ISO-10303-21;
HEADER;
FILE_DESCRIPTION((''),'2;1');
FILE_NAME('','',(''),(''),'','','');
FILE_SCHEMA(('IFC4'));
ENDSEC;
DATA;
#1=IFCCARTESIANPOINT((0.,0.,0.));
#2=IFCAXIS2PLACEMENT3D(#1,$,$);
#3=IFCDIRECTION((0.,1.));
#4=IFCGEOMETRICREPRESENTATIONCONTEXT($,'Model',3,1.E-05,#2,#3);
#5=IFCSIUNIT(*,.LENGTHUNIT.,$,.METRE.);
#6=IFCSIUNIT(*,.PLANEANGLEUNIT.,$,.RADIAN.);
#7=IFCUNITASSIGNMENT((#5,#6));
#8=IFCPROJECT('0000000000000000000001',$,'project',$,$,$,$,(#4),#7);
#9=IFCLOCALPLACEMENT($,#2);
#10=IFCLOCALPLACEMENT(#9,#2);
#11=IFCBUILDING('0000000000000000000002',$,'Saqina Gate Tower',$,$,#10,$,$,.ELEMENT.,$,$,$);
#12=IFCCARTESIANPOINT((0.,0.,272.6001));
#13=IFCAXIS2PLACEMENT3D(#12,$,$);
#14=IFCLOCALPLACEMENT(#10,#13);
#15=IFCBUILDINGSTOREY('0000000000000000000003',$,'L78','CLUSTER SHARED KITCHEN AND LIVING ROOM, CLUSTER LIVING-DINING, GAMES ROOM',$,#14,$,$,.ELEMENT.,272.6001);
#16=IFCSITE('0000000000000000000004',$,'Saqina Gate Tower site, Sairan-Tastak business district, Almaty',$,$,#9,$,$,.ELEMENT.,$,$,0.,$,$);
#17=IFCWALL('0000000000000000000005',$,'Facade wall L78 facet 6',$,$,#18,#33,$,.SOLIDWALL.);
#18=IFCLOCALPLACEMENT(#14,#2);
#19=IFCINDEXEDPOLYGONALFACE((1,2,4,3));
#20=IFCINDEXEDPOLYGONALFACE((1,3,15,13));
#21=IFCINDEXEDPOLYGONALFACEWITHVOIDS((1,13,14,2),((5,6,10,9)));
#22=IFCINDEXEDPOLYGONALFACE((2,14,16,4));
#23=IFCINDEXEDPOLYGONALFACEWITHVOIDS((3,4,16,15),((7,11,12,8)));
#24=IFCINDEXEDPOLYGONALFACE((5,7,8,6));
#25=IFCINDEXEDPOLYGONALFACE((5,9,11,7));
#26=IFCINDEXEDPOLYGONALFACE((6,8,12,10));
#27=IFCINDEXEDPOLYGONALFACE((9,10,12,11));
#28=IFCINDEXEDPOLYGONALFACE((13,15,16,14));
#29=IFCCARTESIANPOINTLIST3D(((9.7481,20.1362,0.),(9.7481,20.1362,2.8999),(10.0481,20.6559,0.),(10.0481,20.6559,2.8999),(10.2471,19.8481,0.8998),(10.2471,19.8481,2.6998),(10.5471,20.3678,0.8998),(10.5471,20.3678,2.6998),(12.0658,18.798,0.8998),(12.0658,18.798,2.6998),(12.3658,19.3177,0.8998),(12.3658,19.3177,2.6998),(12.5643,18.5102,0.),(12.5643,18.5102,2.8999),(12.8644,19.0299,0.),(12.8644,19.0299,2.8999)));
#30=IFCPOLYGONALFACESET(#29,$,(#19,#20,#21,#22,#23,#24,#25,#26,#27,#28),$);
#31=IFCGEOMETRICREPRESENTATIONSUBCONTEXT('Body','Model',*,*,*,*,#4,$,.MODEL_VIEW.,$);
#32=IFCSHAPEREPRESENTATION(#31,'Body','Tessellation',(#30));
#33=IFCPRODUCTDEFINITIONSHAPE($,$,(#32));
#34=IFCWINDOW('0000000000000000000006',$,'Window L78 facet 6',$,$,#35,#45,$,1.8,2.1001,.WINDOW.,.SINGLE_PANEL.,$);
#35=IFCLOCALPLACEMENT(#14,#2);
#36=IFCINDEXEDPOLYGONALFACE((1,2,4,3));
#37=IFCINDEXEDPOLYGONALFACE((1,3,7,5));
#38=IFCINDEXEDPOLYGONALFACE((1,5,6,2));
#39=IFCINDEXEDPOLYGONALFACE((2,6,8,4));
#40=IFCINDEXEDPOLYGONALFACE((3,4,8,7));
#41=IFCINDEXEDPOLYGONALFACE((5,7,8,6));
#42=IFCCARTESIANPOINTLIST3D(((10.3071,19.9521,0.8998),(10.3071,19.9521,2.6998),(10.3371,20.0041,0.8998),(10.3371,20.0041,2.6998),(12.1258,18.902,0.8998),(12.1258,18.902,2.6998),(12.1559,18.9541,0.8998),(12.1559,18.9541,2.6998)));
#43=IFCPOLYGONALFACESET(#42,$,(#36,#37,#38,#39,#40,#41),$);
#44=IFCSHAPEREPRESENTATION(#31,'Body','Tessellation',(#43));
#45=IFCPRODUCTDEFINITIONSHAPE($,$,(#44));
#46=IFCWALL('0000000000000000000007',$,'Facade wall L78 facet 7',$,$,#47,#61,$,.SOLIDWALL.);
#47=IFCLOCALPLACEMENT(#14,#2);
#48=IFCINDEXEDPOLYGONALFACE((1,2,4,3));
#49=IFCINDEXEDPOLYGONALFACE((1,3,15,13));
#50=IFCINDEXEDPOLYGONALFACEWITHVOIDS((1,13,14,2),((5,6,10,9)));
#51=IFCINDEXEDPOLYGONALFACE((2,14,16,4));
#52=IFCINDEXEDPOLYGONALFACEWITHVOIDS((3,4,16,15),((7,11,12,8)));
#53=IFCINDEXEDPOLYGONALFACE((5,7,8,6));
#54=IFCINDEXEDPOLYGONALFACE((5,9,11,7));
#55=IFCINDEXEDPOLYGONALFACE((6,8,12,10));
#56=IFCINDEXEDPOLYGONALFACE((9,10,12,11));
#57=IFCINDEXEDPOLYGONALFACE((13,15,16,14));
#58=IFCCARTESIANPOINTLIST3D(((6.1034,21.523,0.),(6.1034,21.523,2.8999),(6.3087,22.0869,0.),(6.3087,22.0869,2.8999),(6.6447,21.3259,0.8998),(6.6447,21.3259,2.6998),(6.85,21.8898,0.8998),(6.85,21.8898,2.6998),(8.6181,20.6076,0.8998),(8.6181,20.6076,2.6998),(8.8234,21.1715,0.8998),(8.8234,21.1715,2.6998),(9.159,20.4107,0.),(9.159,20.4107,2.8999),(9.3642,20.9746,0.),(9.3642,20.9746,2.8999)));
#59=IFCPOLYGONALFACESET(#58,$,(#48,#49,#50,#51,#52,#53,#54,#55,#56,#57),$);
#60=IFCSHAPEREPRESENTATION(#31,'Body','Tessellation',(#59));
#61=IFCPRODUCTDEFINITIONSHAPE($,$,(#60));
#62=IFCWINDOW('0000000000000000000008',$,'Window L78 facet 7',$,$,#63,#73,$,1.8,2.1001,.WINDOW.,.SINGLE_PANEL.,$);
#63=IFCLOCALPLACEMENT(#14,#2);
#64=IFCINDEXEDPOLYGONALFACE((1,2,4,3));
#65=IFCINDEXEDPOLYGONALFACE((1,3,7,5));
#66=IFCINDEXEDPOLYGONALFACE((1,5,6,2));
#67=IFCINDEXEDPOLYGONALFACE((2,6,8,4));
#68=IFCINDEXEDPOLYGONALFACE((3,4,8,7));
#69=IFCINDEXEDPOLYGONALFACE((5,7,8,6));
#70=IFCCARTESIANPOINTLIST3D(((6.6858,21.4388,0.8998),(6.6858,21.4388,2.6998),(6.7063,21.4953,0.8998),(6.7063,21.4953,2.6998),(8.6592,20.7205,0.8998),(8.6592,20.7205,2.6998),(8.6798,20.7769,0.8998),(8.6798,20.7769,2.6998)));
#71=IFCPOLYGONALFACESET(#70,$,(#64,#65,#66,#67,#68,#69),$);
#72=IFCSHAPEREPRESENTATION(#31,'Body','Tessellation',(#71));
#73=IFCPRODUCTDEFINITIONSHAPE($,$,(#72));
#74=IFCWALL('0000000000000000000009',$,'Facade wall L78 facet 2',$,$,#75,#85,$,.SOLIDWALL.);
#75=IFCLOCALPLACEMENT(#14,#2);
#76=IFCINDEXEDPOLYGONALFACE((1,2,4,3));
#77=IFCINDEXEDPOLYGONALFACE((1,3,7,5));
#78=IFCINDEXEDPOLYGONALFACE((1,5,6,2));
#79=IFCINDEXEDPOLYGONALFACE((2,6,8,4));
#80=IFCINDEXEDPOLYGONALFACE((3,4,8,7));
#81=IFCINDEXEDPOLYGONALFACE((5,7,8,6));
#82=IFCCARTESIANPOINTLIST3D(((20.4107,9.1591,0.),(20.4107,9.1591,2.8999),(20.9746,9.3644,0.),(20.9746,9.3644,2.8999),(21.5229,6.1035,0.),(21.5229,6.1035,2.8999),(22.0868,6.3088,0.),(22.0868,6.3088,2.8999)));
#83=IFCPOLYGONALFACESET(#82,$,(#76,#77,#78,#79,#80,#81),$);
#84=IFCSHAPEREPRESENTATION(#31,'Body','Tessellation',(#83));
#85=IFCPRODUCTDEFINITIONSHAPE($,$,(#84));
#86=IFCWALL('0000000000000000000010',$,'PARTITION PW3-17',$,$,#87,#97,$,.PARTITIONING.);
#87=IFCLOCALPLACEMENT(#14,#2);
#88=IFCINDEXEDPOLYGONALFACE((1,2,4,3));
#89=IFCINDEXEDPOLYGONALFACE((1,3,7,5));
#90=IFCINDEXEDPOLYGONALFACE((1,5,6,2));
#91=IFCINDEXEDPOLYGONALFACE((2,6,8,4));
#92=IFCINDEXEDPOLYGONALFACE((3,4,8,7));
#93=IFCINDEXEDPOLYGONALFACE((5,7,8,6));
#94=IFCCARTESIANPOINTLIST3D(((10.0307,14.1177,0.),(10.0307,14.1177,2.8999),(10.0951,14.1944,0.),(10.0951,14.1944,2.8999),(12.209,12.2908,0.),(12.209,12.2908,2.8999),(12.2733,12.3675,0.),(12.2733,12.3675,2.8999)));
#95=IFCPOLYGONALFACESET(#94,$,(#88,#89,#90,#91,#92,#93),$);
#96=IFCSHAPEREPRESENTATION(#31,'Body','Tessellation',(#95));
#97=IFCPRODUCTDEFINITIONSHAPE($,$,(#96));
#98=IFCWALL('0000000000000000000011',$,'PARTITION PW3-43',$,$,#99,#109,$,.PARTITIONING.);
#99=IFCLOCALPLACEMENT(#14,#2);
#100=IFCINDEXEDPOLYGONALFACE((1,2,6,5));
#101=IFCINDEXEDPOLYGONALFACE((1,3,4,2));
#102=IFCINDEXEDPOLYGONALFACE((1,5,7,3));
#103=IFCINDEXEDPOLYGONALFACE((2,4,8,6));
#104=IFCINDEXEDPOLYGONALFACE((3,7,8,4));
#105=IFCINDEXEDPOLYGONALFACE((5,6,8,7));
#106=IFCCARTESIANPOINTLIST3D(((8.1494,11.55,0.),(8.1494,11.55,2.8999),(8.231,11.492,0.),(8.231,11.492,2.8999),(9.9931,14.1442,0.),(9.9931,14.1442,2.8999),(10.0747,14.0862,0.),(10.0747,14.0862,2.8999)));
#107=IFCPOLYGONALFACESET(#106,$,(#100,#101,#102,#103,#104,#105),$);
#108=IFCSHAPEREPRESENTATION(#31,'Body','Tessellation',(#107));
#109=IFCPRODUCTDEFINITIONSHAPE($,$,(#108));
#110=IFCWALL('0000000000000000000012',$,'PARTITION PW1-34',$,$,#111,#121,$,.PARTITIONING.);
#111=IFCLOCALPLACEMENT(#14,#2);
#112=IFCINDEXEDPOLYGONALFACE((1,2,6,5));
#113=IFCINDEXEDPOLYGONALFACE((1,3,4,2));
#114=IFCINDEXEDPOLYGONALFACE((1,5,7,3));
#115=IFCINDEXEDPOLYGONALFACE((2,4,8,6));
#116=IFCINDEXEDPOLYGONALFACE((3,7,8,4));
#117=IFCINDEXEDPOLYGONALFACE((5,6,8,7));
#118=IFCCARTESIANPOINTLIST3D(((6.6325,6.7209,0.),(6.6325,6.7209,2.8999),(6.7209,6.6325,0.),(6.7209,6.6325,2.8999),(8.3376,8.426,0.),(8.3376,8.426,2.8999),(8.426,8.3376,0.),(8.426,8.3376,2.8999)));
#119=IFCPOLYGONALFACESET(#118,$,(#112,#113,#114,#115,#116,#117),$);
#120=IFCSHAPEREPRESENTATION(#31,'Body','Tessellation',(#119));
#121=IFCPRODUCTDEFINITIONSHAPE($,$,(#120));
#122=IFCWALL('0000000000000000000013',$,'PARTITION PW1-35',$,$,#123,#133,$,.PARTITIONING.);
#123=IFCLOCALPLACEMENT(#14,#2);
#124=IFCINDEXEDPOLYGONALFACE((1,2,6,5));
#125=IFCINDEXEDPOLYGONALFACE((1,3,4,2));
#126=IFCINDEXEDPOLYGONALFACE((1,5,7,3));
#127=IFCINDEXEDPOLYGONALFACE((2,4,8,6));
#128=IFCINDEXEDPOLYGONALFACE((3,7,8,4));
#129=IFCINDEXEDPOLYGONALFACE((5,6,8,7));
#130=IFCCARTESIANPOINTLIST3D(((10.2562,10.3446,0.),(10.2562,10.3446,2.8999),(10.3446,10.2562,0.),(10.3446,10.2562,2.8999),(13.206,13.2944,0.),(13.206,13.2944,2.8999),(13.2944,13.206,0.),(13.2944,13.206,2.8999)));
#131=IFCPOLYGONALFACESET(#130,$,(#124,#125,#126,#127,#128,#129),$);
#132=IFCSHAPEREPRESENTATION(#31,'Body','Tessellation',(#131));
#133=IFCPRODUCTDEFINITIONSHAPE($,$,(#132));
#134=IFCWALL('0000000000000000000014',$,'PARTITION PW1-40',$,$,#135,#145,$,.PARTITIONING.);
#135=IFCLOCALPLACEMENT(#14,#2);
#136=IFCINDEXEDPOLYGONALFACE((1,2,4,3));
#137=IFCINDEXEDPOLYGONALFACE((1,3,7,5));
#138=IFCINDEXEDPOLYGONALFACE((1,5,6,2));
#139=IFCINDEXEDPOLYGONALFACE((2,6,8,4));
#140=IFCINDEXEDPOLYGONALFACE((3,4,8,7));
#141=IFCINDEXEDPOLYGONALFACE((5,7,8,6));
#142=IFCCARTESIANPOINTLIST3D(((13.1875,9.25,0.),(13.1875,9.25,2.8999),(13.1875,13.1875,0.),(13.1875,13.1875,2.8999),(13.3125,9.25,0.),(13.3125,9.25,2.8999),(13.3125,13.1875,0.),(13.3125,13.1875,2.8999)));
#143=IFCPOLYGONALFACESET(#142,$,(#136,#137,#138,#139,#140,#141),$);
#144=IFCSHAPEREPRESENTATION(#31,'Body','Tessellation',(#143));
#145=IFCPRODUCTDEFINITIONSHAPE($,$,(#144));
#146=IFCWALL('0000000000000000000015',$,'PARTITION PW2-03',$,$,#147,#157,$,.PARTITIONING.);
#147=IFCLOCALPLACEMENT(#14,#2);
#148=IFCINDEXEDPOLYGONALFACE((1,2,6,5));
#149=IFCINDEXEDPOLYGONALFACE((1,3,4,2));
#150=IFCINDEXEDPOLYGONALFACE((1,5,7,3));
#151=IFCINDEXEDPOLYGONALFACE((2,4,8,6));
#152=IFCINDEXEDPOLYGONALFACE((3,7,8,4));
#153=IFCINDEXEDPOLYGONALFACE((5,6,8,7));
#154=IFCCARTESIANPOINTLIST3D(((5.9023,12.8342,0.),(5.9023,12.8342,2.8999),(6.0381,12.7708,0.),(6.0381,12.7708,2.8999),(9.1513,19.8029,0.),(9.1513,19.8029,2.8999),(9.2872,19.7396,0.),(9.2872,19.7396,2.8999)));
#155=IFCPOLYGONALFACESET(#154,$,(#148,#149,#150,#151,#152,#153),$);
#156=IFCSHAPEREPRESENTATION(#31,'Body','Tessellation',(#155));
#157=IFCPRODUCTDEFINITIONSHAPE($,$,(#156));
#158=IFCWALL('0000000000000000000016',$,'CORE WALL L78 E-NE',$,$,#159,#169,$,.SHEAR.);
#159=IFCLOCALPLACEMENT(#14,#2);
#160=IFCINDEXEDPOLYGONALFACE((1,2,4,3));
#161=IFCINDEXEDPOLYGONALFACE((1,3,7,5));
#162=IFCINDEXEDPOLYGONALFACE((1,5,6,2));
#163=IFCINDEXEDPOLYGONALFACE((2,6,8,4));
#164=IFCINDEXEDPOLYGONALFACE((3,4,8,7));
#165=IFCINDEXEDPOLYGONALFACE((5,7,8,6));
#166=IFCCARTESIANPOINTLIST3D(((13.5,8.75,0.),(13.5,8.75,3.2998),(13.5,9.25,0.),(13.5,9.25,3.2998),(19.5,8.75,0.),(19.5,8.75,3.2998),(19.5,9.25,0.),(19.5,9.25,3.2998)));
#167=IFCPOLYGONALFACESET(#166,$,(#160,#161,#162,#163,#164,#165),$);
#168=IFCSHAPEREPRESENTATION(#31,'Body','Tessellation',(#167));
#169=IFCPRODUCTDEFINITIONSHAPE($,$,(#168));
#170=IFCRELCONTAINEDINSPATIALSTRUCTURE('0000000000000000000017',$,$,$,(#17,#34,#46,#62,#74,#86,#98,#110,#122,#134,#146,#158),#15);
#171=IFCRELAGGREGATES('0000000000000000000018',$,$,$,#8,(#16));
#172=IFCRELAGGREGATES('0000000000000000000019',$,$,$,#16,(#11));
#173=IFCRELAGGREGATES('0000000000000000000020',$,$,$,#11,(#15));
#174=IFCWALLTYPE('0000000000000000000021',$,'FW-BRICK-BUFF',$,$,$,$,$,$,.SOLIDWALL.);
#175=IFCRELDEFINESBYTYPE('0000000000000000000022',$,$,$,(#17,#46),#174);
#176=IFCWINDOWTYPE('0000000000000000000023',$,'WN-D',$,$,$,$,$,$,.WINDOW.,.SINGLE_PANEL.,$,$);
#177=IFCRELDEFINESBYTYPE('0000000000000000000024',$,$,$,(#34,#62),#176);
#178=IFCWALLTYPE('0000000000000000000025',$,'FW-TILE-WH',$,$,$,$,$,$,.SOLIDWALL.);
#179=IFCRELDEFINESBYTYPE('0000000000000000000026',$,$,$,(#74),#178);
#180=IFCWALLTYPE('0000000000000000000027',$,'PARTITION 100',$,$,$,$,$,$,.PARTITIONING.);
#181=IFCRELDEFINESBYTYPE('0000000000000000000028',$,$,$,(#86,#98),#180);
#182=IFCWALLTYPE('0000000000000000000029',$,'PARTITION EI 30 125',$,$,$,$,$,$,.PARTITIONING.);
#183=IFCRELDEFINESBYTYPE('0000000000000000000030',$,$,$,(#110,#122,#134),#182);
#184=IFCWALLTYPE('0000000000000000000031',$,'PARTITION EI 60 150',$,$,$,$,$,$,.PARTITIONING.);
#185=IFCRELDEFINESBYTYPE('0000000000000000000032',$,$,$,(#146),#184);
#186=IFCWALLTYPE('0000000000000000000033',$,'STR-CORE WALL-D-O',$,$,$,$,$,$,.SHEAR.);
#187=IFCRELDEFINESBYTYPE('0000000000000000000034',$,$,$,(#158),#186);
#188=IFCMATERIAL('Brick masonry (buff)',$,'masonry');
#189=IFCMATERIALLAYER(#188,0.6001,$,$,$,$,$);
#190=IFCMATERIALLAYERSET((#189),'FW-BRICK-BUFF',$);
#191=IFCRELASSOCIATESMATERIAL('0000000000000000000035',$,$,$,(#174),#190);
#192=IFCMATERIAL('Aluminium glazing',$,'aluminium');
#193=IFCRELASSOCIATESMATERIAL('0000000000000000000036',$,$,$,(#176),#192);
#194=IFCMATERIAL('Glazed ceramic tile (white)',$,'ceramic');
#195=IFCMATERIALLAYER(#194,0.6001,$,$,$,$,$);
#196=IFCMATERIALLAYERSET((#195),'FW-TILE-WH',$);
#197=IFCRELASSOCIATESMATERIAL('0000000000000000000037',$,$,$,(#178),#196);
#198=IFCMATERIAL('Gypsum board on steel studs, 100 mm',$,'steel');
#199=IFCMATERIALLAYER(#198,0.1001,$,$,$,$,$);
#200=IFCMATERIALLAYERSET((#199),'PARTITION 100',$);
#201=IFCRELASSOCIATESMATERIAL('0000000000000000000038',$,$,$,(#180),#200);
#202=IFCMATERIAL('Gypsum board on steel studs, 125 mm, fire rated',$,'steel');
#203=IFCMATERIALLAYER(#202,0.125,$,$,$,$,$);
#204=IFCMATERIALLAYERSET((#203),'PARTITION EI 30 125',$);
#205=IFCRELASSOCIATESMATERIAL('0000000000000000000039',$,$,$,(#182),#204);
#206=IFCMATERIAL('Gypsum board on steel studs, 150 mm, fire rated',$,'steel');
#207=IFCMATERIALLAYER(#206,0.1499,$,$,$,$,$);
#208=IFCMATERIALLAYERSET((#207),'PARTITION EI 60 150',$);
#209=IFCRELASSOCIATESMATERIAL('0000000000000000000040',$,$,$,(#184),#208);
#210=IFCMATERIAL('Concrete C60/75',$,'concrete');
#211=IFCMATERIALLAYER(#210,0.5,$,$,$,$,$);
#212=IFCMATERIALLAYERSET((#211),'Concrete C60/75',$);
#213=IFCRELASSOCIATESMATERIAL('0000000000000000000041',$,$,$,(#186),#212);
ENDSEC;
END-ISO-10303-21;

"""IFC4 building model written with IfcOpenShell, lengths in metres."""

from ifc_helpers import new_model, si_unit, direction, frame, frame_2d, origin, place, context, subcontext, project, spatial, rectangle, extrude, material, layer, layer_set, type_object, element, fill, save


model = new_model("IFC4")

# Units and contexts
model_context = context("Model", 3, precision=1e-05, world=origin(), true_north=direction((0.0, 1.0)))
body_context = subcontext(model_context, "Body", "Model", "MODEL_VIEW")
ifc_project = project(units=[si_unit("LENGTHUNIT", "METRE"), si_unit("PLANEANGLEUNIT", "RADIAN")], contexts=[model_context])

# Site, building, storey
site_placement = place(None, origin())
site = spatial("IfcSite", under=ifc_project, at=site_placement, Name="Saqina Gate Tower site, Sairan-Tastak business district, Almaty", CompositionType="ELEMENT", RefElevation=0.0)
building_placement = place(site_placement, origin())
building = spatial("IfcBuilding", under=site, at=building_placement, Name="Saqina Gate Tower", CompositionType="ELEMENT")
storey_placement = place(building_placement, frame((0.0, 0.0, 272.6001)))
storey = spatial("IfcBuildingStorey", under=building, at=storey_placement, Name="L78", Description="CLUSTER SHARED KITCHEN AND LIVING ROOM, CLUSTER LIVING-DINING, GAMES ROOM", CompositionType="ELEMENT", Elevation=272.6001)

# Walls, openings, windows
ifc_material_1 = material(Name="Brick masonry (buff)", Category="masonry")
ifc_layer_1 = layer(ifc_material_1, 0.6001)
ifc_layer_set_1 = layer_set([ifc_layer_1], Name="FW-BRICK-BUFF")
wall_type_1 = type_object("IfcWallType", Name="FW-BRICK-BUFF", PredefinedType="SOLIDWALL", material=ifc_layer_set_1)
ifc_material_2 = material(Name="Aluminium glazing", Category="aluminium")
window_type = type_object("IfcWindowType", Name="WN-D", PartitioningType="SINGLE_PANEL", PredefinedType="WINDOW", material=ifc_material_2)
wall_1_placement = place(storey_placement, frame((12.7144, 18.77, 0.0), z_axis=(0.0, 0.0, 1.0), x_axis=(-0.866017, 0.500015, 0.0)))
wall_1 = element("IfcWall", 1, at=wall_1_placement, inside=storey, type_object=wall_type_1, Name="Facade wall L78 facet 6", PredefinedType="SOLIDWALL", context=body_context, shape_type="SweptSolid", body=[
    extrude(rectangle(XDim=3.252, YDim=0.6001, at=frame_2d((1.626, 0.0))), origin(), (0.0, 0.0, 1.0), 2.8999),
])
opening_1_placement = place(wall_1_placement, frame((0.5757, 0.0, 0.8999)))
opening_1 = element("IfcOpeningElement", 2, at=opening_1_placement, cuts=wall_1, PredefinedType="OPENING", context=body_context, shape_type="SweptSolid", body=[
    extrude(rectangle(XDim=2.1001, YDim=1.8, at=frame_2d((1.05, 0.8999))), frame((0.0, 0.312, 0.0), z_axis=(0.0, -1.0, 0.0), x_axis=(1.0, 0.0, 0.0)), (0.0, 0.0, 1.0), 0.624),
])
window_1_placement = place(opening_1_placement, origin())
window_1 = element("IfcWindow", 3, at=window_1_placement, inside=storey, type_object=window_type, Name="Window L78 facet 6", OverallHeight=1.8, OverallWidth=2.1001, PartitioningType="SINGLE_PANEL", PredefinedType="WINDOW", context=body_context, shape_type="SweptSolid", body=[
    extrude(rectangle(XDim=2.1001, YDim=1.8, at=frame_2d((1.05, 0.8999))), frame((0.0, 0.1799, 0.0), z_axis=(0.0, -1.0, 0.0), x_axis=(1.0, 0.0, 0.0)), (0.0, 0.0, 1.0), 0.0601),
])
fill(opening_1, window_1)
wall_2_placement = place(storey_placement, frame((9.2617, 20.6926, 0.0), z_axis=(0.0, 0.0, 1.0), x_axis=(-0.939679, 0.342057, 0.0)))
wall_2 = element("IfcWall", 4, at=wall_2_placement, inside=storey, type_object=wall_type_1, Name="Facade wall L78 facet 7", PredefinedType="SOLIDWALL", context=body_context, shape_type="SweptSolid", body=[
    extrude(rectangle(XDim=3.2517, YDim=0.6001, at=frame_2d((1.626, 0.0))), origin(), (0.0, 0.0, 1.0), 2.8999),
])
opening_2_placement = place(wall_2_placement, frame((0.5757, 0.0, 0.8999)))
opening_2 = element("IfcOpeningElement", 5, at=opening_2_placement, cuts=wall_2, PredefinedType="OPENING", context=body_context, shape_type="SweptSolid", body=[
    extrude(rectangle(XDim=2.1001, YDim=1.8, at=frame_2d((1.05, 0.8999))), frame((0.0, 0.312, 0.0), z_axis=(0.0, -1.0, 0.0), x_axis=(1.0, 0.0, 0.0)), (0.0, 0.0, 1.0), 0.624),
])
window_2_placement = place(opening_2_placement, origin())
window_2 = element("IfcWindow", 6, at=window_2_placement, inside=storey, type_object=window_type, Name="Window L78 facet 7", OverallHeight=1.8, OverallWidth=2.1001, PartitioningType="SINGLE_PANEL", PredefinedType="WINDOW", context=body_context, shape_type="SweptSolid", body=[
    extrude(rectangle(XDim=2.1001, YDim=1.8, at=frame_2d((1.05, 0.8999))), frame((0.0, 0.1799, 0.0), z_axis=(0.0, -1.0, 0.0), x_axis=(1.0, 0.0, 0.0)), (0.0, 0.0, 1.0), 0.0601),
])
fill(opening_2, window_2)

# Walls
ifc_material_3 = material(Name="Glazed ceramic tile (white)", Category="ceramic")
ifc_layer_2 = layer(ifc_material_3, 0.6001)
ifc_layer_set_2 = layer_set([ifc_layer_2], Name="FW-TILE-WH")
wall_type_2 = type_object("IfcWallType", Name="FW-TILE-WH", PredefinedType="SOLIDWALL", material=ifc_layer_set_2)
wall_3_placement = place(storey_placement, frame((21.8049, 6.2061, 0.0), z_axis=(0.0, 0.0, 1.0), x_axis=(-0.342057, 0.939679, 0.0)))
element("IfcWall", 7, at=wall_3_placement, inside=storey, type_object=wall_type_2, Name="Facade wall L78 facet 2", PredefinedType="SOLIDWALL", context=body_context, shape_type="SweptSolid", body=[
    extrude(rectangle(XDim=3.2517, YDim=0.6001, at=frame_2d((1.626, 0.0))), origin(), (0.0, 0.0, 1.0), 2.8999),
])
ifc_material_4 = material(Name="Gypsum board on steel studs, 100 mm", Category="steel")
ifc_layer_3 = layer(ifc_material_4, 0.1001)
ifc_layer_set_3 = layer_set([ifc_layer_3], Name="PARTITION 100")
wall_type_3 = type_object("IfcWallType", Name="PARTITION 100", PredefinedType="PARTITIONING", material=ifc_layer_set_3)
wall_4_placement = place(storey_placement, frame((10.063, 14.156, 0.0), z_axis=(0.0, 0.0, 1.0), x_axis=(0.76619, -0.642614, 0.0)))
element("IfcWall", 8, at=wall_4_placement, inside=storey, type_object=wall_type_3, Name="PARTITION PW3-17", PredefinedType="PARTITIONING", context=body_context, shape_type="SweptSolid", body=[
    extrude(rectangle(XDim=2.843, YDim=0.1001, at=frame_2d((1.4214, 0.0))), origin(), (0.0, 0.0, 1.0), 2.8999),
])
wall_5_placement = place(storey_placement, frame((8.1902, 11.521, 0.0), z_axis=(0.0, 0.0, 1.0), x_axis=(0.579306, 0.81511, 0.0)))
element("IfcWall", 9, at=wall_5_placement, inside=storey, type_object=wall_type_3, Name="PARTITION PW3-43", PredefinedType="PARTITIONING", context=body_context, shape_type="SweptSolid", body=[
    extrude(rectangle(XDim=3.1826, YDim=0.1001, at=frame_2d((1.5913, 0.0))), origin(), (0.0, 0.0, 1.0), 2.8999),
])
ifc_material_5 = material(Name="Gypsum board on steel studs, 125 mm, fire rated", Category="steel")
ifc_layer_4 = layer(ifc_material_5, 0.125)
ifc_layer_set_4 = layer_set([ifc_layer_4], Name="PARTITION EI 30 125")
wall_type_4 = type_object("IfcWallType", Name="PARTITION EI 30 125", PredefinedType="PARTITIONING", material=ifc_layer_set_4)
wall_6_placement = place(storey_placement, frame((6.6768, 6.6768, 0.0), z_axis=(0.0, 0.0, 1.0), x_axis=(0.707107, 0.707107, 0.0)))
element("IfcWall", 10, at=wall_6_placement, inside=storey, type_object=wall_type_4, Name="PARTITION PW1-34", PredefinedType="PARTITIONING", context=body_context, shape_type="SweptSolid", body=[
    extrude(rectangle(XDim=2.4114, YDim=0.125, at=frame_2d((1.2056, 0.0))), origin(), (0.0, 0.0, 1.0), 2.8999),
])
wall_7_placement = place(storey_placement, frame((10.3003, 10.3003, 0.0), z_axis=(0.0, 0.0, 1.0), x_axis=(0.707107, 0.707107, 0.0)))
element("IfcWall", 11, at=wall_7_placement, inside=storey, type_object=wall_type_4, Name="PARTITION PW1-35", PredefinedType="PARTITIONING", context=body_context, shape_type="SweptSolid", body=[
    extrude(rectangle(XDim=4.1716, YDim=0.125, at=frame_2d((2.0859, 0.0))), origin(), (0.0, 0.0, 1.0), 2.8999),
])
wall_8_placement = place(storey_placement, frame((13.25, 9.25, 0.0), z_axis=(0.0, 0.0, 1.0), x_axis=(0.0, 1.0, 0.0)))
element("IfcWall", 12, at=wall_8_placement, inside=storey, type_object=wall_type_4, Name="PARTITION PW1-40", PredefinedType="PARTITIONING", context=body_context, shape_type="SweptSolid", body=[
    extrude(rectangle(XDim=3.9375, YDim=0.125, at=frame_2d((1.9688, 0.0))), origin(), (0.0, 0.0, 1.0), 2.8999),
])
ifc_material_6 = material(Name="Gypsum board on steel studs, 150 mm, fire rated", Category="steel")
ifc_layer_5 = layer(ifc_material_6, 0.1499)
ifc_layer_set_5 = layer_set([ifc_layer_5], Name="PARTITION EI 60 150")
wall_type_5 = type_object("IfcWallType", Name="PARTITION EI 60 150", PredefinedType="PARTITIONING", material=ifc_layer_set_5)
wall_9_placement = place(storey_placement, frame((5.9702, 12.8025, 0.0), z_axis=(0.0, 0.0, 1.0), x_axis=(0.422559, 0.906336, 0.0)))
element("IfcWall", 13, at=wall_9_placement, inside=storey, type_object=wall_type_5, Name="PARTITION PW2-03", PredefinedType="PARTITIONING", context=body_context, shape_type="SweptSolid", body=[
    extrude(rectangle(XDim=7.689, YDim=0.1499, at=frame_2d((3.8445, 0.0))), origin(), (0.0, 0.0, 1.0), 2.8999),
])
ifc_material_7 = material(Name="Concrete C60/75", Category="concrete")
ifc_layer_6 = layer(ifc_material_7, 0.5)
ifc_layer_set_6 = layer_set([ifc_layer_6], Name="Concrete C60/75")
wall_type_6 = type_object("IfcWallType", Name="STR-CORE WALL-D-O", PredefinedType="SHEAR", material=ifc_layer_set_6)
wall_10_placement = place(storey_placement, frame((13.5, 9.0, 0.0), z_axis=(0.0, 0.0, 1.0), x_axis=(1.0, 0.0, 0.0)))
element("IfcWall", 14, at=wall_10_placement, inside=storey, type_object=wall_type_6, Name="CORE WALL L78 E-NE", PredefinedType="SHEAR", context=body_context, shape_type="SweptSolid", body=[
    extrude(rectangle(XDim=6.0, YDim=0.5, at=frame_2d((3.0, 0.0))), origin(), (0.0, 0.0, 1.0), 3.2998),
])

save(model, "model.ifc")
